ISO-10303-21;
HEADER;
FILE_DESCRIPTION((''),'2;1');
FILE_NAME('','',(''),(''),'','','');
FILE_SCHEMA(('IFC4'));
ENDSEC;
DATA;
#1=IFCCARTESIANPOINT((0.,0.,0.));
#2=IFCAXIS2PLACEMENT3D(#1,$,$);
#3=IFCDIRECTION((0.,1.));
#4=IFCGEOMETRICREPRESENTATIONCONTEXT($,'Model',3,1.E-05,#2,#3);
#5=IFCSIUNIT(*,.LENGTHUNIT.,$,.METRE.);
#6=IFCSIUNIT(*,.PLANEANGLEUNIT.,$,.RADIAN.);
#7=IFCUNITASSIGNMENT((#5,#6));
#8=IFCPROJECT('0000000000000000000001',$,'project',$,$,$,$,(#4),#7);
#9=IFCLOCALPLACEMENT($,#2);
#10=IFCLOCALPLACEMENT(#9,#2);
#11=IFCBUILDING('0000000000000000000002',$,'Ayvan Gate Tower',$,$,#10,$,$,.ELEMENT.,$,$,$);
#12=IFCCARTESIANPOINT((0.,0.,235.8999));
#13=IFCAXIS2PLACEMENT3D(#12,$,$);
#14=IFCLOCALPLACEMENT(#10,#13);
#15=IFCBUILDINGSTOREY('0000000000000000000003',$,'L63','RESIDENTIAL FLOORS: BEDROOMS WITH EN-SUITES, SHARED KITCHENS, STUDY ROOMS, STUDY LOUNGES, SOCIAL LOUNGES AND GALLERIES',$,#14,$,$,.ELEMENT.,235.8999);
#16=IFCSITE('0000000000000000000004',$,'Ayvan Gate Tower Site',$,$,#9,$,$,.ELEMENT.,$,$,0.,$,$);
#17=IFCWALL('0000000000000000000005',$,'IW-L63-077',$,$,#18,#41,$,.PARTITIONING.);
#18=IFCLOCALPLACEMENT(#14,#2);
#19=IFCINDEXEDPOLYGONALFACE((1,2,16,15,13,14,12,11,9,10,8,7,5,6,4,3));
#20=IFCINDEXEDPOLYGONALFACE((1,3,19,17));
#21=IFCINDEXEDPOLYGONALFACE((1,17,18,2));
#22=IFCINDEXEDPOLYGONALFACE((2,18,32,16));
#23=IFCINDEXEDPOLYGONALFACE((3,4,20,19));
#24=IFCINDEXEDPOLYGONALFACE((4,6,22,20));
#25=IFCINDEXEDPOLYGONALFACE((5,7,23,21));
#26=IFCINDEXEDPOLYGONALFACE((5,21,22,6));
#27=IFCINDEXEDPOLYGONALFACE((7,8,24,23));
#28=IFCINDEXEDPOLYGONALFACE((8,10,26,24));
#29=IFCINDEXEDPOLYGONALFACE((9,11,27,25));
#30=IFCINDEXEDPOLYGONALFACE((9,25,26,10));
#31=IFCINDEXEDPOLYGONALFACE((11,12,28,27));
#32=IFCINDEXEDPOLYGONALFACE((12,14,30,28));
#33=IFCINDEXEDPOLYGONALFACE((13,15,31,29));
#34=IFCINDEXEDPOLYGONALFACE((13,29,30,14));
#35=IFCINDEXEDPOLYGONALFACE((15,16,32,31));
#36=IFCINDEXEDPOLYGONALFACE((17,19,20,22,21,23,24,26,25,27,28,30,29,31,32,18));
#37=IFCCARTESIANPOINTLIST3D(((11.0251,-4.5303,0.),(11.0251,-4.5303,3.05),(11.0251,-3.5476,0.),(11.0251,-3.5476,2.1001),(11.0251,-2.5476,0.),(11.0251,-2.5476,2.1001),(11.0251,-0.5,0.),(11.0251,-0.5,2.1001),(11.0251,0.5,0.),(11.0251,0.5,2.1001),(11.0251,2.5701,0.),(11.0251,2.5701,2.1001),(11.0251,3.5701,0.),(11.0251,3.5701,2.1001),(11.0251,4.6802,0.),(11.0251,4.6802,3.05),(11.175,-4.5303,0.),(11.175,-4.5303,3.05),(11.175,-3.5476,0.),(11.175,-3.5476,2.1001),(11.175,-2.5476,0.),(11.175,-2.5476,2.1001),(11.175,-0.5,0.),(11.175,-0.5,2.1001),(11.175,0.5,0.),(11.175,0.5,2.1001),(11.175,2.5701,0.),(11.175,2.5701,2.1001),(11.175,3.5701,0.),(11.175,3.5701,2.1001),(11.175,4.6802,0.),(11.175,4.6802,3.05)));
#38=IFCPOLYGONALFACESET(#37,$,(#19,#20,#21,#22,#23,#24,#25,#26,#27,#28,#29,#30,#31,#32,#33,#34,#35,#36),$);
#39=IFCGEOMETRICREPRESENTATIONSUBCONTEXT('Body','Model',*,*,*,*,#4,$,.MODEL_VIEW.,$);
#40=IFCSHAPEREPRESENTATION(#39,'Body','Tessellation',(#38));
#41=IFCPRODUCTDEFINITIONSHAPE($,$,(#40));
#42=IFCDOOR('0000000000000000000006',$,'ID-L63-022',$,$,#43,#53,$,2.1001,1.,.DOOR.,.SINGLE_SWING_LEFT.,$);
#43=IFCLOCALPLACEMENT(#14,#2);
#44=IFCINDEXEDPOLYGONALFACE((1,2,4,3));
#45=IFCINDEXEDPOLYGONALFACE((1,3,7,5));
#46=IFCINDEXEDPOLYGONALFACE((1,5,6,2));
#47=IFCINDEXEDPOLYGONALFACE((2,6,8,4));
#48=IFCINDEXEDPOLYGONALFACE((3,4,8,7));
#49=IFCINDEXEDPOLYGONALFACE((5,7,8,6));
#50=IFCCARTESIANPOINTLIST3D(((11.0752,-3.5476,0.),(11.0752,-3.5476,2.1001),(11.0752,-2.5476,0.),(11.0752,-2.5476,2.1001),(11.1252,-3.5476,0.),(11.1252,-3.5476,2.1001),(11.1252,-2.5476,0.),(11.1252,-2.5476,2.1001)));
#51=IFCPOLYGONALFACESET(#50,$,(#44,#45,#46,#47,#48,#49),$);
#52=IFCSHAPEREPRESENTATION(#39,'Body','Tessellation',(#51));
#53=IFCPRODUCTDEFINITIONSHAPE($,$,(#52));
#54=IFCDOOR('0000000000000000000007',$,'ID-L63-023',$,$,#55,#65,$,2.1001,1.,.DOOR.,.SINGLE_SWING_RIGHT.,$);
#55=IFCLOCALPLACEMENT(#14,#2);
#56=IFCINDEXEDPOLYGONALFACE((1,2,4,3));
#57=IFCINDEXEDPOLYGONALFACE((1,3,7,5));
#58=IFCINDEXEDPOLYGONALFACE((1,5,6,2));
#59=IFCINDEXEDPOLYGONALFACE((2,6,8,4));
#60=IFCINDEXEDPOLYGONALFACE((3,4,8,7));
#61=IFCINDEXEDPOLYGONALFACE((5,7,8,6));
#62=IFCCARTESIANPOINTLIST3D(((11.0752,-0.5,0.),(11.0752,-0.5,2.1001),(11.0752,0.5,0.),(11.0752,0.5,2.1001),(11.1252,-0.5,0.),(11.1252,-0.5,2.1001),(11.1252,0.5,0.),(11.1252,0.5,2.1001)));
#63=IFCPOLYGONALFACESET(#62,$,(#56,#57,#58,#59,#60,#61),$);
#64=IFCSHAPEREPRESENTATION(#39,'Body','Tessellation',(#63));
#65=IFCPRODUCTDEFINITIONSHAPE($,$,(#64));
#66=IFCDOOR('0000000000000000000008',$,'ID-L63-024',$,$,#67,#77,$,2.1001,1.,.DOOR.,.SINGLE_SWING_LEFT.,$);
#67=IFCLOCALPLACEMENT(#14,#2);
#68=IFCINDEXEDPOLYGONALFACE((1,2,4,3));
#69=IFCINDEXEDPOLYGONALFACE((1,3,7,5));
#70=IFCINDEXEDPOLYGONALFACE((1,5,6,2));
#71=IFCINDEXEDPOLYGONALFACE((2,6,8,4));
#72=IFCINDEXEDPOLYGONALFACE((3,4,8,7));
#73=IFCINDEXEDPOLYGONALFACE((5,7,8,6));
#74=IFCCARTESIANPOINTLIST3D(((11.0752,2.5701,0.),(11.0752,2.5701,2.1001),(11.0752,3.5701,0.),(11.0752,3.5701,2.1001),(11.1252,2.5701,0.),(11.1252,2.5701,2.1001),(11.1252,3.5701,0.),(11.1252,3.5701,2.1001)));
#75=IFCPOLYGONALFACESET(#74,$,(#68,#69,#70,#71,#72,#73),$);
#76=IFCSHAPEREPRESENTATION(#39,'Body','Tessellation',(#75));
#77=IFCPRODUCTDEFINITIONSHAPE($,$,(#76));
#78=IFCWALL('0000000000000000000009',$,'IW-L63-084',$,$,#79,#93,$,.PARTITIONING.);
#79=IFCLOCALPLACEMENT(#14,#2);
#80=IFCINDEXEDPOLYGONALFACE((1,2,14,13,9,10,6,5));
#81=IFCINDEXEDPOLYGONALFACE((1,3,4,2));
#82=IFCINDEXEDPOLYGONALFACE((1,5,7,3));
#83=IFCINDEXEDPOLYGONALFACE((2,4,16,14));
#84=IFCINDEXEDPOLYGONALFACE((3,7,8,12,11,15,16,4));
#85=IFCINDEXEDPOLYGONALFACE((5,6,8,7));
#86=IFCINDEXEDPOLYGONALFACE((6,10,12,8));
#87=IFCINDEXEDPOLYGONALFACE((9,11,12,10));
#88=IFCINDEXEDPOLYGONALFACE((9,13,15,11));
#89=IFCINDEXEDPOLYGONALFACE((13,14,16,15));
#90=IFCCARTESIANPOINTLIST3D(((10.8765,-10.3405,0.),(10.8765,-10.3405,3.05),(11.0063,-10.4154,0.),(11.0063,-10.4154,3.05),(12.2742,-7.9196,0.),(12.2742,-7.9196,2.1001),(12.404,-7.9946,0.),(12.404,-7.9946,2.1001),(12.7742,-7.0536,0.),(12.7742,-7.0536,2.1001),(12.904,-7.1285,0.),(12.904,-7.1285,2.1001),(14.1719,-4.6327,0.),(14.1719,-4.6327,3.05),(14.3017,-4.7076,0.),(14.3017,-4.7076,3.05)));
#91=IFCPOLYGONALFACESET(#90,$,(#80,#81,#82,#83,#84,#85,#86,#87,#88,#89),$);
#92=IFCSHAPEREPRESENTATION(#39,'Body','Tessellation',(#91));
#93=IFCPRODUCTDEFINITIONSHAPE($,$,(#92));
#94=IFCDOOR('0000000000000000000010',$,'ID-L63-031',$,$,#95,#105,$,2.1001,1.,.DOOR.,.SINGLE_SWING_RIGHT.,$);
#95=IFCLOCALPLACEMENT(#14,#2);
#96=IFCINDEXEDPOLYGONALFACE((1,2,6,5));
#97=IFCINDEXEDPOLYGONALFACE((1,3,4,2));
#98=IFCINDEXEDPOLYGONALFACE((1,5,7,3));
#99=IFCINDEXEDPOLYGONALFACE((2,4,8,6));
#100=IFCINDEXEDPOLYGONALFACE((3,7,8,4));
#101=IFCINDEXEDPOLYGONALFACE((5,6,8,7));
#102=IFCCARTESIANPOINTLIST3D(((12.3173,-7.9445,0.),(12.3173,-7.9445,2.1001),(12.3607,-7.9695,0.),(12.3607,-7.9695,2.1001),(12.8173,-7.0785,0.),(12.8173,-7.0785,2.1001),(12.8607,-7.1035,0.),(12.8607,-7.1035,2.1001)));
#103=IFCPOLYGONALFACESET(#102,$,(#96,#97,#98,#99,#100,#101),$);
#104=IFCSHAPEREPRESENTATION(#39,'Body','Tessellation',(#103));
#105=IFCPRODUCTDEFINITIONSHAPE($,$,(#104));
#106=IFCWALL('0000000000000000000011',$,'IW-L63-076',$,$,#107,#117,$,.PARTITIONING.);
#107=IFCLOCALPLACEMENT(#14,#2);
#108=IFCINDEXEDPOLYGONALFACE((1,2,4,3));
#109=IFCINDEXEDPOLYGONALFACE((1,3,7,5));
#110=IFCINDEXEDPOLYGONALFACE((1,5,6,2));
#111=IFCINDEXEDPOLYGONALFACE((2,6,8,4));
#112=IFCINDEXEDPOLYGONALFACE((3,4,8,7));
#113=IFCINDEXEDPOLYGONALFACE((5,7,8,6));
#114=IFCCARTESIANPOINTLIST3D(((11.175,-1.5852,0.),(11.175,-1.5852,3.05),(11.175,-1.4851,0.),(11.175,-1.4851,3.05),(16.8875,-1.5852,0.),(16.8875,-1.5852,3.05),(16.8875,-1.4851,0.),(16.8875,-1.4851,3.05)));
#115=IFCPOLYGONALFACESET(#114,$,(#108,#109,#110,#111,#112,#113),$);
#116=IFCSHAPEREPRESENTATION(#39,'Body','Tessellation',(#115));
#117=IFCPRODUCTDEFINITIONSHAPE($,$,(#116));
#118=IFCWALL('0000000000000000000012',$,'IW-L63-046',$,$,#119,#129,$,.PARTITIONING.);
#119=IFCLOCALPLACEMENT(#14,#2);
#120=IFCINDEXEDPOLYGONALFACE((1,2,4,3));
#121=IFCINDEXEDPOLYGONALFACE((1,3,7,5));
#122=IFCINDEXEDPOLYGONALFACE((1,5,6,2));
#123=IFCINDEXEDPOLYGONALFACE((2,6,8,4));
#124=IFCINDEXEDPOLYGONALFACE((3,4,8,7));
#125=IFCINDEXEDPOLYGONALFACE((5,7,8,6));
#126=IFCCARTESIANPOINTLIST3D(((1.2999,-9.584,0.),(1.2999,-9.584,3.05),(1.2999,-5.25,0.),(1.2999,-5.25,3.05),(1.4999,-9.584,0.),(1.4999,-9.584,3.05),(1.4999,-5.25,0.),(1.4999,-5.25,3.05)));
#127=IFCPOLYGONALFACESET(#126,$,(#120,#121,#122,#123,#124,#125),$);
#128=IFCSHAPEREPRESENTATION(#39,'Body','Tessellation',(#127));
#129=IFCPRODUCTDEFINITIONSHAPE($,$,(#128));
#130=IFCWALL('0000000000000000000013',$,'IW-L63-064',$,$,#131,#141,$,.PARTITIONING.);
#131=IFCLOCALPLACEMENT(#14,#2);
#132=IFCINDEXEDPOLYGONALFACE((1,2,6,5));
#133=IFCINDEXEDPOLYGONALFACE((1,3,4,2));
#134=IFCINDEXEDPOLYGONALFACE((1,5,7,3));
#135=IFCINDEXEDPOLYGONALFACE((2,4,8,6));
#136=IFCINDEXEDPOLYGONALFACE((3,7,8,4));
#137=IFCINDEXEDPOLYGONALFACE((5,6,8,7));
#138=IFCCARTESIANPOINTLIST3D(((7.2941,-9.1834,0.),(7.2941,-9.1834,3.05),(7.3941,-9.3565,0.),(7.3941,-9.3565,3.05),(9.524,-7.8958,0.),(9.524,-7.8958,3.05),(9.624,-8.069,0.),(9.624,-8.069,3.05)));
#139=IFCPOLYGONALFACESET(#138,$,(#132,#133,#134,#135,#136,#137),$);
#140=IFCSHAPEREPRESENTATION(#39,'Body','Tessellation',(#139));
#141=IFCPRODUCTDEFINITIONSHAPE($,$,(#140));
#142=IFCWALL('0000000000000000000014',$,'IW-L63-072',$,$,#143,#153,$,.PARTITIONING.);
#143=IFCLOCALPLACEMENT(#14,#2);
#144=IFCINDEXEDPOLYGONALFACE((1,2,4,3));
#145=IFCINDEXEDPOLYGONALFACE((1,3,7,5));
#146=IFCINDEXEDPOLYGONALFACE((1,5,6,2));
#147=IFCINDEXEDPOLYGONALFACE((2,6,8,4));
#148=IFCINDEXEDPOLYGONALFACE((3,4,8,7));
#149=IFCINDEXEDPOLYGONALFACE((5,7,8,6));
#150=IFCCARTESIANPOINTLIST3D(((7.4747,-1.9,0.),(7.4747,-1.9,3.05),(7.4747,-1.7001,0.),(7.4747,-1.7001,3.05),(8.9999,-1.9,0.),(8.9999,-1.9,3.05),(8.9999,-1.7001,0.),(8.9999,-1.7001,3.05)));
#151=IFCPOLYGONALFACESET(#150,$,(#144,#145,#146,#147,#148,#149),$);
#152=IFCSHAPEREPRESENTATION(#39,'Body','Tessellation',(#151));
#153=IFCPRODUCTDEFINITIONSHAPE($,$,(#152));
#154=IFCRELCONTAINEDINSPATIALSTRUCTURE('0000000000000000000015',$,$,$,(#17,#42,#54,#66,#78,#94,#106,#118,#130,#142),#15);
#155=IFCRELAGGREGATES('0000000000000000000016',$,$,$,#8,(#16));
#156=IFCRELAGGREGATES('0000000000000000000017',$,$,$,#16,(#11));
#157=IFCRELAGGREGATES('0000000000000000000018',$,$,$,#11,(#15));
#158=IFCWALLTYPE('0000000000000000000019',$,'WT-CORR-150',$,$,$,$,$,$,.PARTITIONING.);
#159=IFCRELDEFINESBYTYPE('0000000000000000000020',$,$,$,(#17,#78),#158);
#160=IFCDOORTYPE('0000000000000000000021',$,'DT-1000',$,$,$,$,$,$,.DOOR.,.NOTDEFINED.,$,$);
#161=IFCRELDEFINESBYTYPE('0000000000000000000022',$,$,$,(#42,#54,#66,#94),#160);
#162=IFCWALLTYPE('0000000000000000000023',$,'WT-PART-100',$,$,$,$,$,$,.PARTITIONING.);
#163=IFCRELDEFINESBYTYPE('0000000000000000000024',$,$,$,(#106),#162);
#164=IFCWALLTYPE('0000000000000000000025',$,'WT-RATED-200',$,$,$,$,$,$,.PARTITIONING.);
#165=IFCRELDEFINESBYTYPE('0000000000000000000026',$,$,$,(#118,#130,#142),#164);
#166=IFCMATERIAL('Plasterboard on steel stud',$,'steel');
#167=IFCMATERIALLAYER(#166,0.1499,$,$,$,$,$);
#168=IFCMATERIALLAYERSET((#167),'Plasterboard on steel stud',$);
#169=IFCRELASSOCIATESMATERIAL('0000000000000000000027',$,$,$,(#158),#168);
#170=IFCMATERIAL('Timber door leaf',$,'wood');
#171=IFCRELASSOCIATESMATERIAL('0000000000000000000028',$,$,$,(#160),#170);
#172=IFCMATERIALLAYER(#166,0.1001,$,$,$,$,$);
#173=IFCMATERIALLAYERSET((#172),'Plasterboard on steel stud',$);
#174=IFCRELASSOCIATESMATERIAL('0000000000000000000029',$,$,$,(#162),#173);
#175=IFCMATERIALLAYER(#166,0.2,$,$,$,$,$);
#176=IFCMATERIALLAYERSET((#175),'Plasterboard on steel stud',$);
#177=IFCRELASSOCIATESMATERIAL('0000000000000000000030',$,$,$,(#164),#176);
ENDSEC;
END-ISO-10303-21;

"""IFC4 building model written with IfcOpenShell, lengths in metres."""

from ifc_helpers import new_model, si_unit, direction, frame, frame_2d, origin, place, context, subcontext, project, spatial, rectangle, extrude, material, layer, layer_set, type_object, element, fill, save


model = new_model("IFC4")

# Units and contexts
model_context = context("Model", 3, precision=1e-05, world=origin(), true_north=direction((0.0, 1.0)))
body_context = subcontext(model_context, "Body", "Model", "MODEL_VIEW")
ifc_project = project(units=[si_unit("LENGTHUNIT", "METRE"), si_unit("PLANEANGLEUNIT", "RADIAN")], contexts=[model_context])

# Site, building, storey
site_placement = place(None, origin())
site = spatial("IfcSite", under=ifc_project, at=site_placement, Name="Ayvan Gate Tower Site", CompositionType="ELEMENT", RefElevation=0.0)
building_placement = place(site_placement, origin())
building = spatial("IfcBuilding", under=site, at=building_placement, Name="Ayvan Gate Tower", CompositionType="ELEMENT")
storey_placement = place(building_placement, frame((0.0, 0.0, 235.8999)))
storey = spatial("IfcBuildingStorey", under=building, at=storey_placement, Name="L63", Description="RESIDENTIAL FLOORS: BEDROOMS WITH EN-SUITES, SHARED KITCHENS, STUDY ROOMS, STUDY LOUNGES, SOCIAL LOUNGES AND GALLERIES", CompositionType="ELEMENT", Elevation=235.8999)

# Shared definitions
ifc_material_1 = material(Name="Timber door leaf", Category="wood")

# Shared definitions
ifc_material_2 = material(Name="Plasterboard on steel stud", Category="steel")
ifc_layer_1 = layer(ifc_material_2, 0.1499)
ifc_layer_set_1 = layer_set([ifc_layer_1], Name="Plasterboard on steel stud")
wall_type_1 = type_object("IfcWallType", Name="WT-CORR-150", PredefinedType="PARTITIONING", material=ifc_layer_set_1)

# Wall, openings, doors
wall_1_placement = place(storey_placement, frame((11.1001, -4.5303, 0.0), z_axis=(0.0, 0.0, 1.0), x_axis=(0.0, 1.0, 0.0)))
wall_1 = element("IfcWall", 1, at=wall_1_placement, inside=storey, type_object=wall_type_1, Name="IW-L63-077", PredefinedType="PARTITIONING", context=body_context, shape_type="SweptSolid", body=[
    extrude(rectangle(XDim=9.2104, YDim=0.1499, at=frame_2d((4.6052, 0.0))), origin(), (0.0, 0.0, 1.0), 3.05),
])
opening_1_placement = place(wall_1_placement, frame((0.9827, 0.0, 0.0)))
opening_1 = element("IfcOpeningElement", 2, at=opening_1_placement, cuts=wall_1, PredefinedType="OPENING", context=body_context, shape_type="SweptSolid", body=[
    extrude(rectangle(XDim=1.0, YDim=2.1001, at=frame_2d((0.5, 1.05))), frame((0.0, 0.085, 0.0), z_axis=(0.0, -1.0, 0.0), x_axis=(1.0, 0.0, 0.0)), (0.0, 0.0, 1.0), 0.1699),
])
opening_2_placement = place(wall_1_placement, frame((4.0303, 0.0, 0.0)))
opening_2 = element("IfcOpeningElement", 3, at=opening_2_placement, cuts=wall_1, PredefinedType="OPENING", context=body_context, shape_type="SweptSolid", body=[
    extrude(rectangle(XDim=1.0, YDim=2.1001, at=frame_2d((0.5, 1.05))), frame((0.0, 0.085, 0.0), z_axis=(0.0, -1.0, 0.0), x_axis=(1.0, 0.0, 0.0)), (0.0, 0.0, 1.0), 0.1699),
])
opening_3_placement = place(wall_1_placement, frame((7.1003, 0.0, 0.0)))
opening_3 = element("IfcOpeningElement", 4, at=opening_3_placement, cuts=wall_1, PredefinedType="OPENING", context=body_context, shape_type="SweptSolid", body=[
    extrude(rectangle(XDim=1.0, YDim=2.1001, at=frame_2d((0.5, 1.05))), frame((0.0, 0.085, 0.0), z_axis=(0.0, -1.0, 0.0), x_axis=(1.0, 0.0, 0.0)), (0.0, 0.0, 1.0), 0.1699),
])
door_type_1 = type_object("IfcDoorType", Name="DT-1000", OperationType="NOTDEFINED", PredefinedType="DOOR", material=ifc_material_1)
door_1_placement = place(opening_1_placement, origin())
door_1 = element("IfcDoor", 5, at=door_1_placement, inside=storey, type_object=door_type_1, Name="ID-L63-022", OperationType="SINGLE_SWING_LEFT", OverallHeight=2.1001, OverallWidth=1.0, PredefinedType="DOOR", context=body_context, shape_type="SweptSolid", body=[
    extrude(rectangle(XDim=1.0, YDim=2.1001, at=frame_2d((0.5, 1.05))), frame((0.0, 0.0249, 0.0), z_axis=(0.0, -1.0, 0.0), x_axis=(1.0, 0.0, 0.0)), (0.0, 0.0, 1.0), 0.05),
])
fill(opening_1, door_1)
door_2_placement = place(opening_2_placement, origin())
door_2 = element("IfcDoor", 6, at=door_2_placement, inside=storey, type_object=door_type_1, Name="ID-L63-023", OperationType="SINGLE_SWING_RIGHT", OverallHeight=2.1001, OverallWidth=1.0, PredefinedType="DOOR", context=body_context, shape_type="SweptSolid", body=[
    extrude(rectangle(XDim=1.0, YDim=2.1001, at=frame_2d((0.5, 1.05))), frame((0.0, 0.0249, 0.0), z_axis=(0.0, -1.0, 0.0), x_axis=(1.0, 0.0, 0.0)), (0.0, 0.0, 1.0), 0.05),
])
fill(opening_2, door_2)
door_3_placement = place(opening_3_placement, origin())
door_3 = element("IfcDoor", 7, at=door_3_placement, inside=storey, type_object=door_type_1, Name="ID-L63-024", OperationType="SINGLE_SWING_LEFT", OverallHeight=2.1001, OverallWidth=1.0, PredefinedType="DOOR", context=body_context, shape_type="SweptSolid", body=[
    extrude(rectangle(XDim=1.0, YDim=2.1001, at=frame_2d((0.5, 1.05))), frame((0.0, 0.0249, 0.0), z_axis=(0.0, -1.0, 0.0), x_axis=(1.0, 0.0, 0.0)), (0.0, 0.0, 1.0), 0.05),
])
fill(opening_3, door_3)

# Wall, opening, door
wall_2_placement = place(storey_placement, frame((14.2368, -4.6702, 0.0), z_axis=(0.0, 0.0, 1.0), x_axis=(-0.500004, -0.866023, 0.0)))
wall_2 = element("IfcWall", 8, at=wall_2_placement, inside=storey, type_object=wall_type_1, Name="IW-L63-084", PredefinedType="PARTITIONING", context=body_context, shape_type="SweptSolid", body=[
    extrude(rectangle(XDim=6.5908, YDim=0.1499, at=frame_2d((3.2954, 0.0))), origin(), (0.0, 0.0, 1.0), 3.05),
])
opening_4_placement = place(wall_2_placement, frame((2.7954, 0.0, 0.0)))
opening_4 = element("IfcOpeningElement", 9, at=opening_4_placement, cuts=wall_2, PredefinedType="OPENING", context=body_context, shape_type="SweptSolid", body=[
    extrude(rectangle(XDim=1.0, YDim=2.1001, at=frame_2d((0.5, 1.05))), frame((0.0, 0.085, 0.0), z_axis=(0.0, -1.0, 0.0), x_axis=(1.0, 0.0, 0.0)), (0.0, 0.0, 1.0), 0.1699),
])
door_4_placement = place(opening_4_placement, origin())
door_4 = element("IfcDoor", 10, at=door_4_placement, inside=storey, type_object=door_type_1, Name="ID-L63-031", OperationType="SINGLE_SWING_RIGHT", OverallHeight=2.1001, OverallWidth=1.0, PredefinedType="DOOR", context=body_context, shape_type="SweptSolid", body=[
    extrude(rectangle(XDim=1.0, YDim=2.1001, at=frame_2d((0.5, 1.05))), frame((0.0, 0.0249, 0.0), z_axis=(0.0, -1.0, 0.0), x_axis=(1.0, 0.0, 0.0)), (0.0, 0.0, 1.0), 0.05),
])
fill(opening_4, door_4)

# Walls
ifc_layer_2 = layer(ifc_material_2, 0.1001)
ifc_layer_set_2 = layer_set([ifc_layer_2], Name="Plasterboard on steel stud")
wall_type_2 = type_object("IfcWallType", Name="WT-PART-100", PredefinedType="PARTITIONING", material=ifc_layer_set_2)
wall_3_placement = place(storey_placement, frame((11.175, -1.5352, 0.0), z_axis=(0.0, 0.0, 1.0), x_axis=(1.0, 0.0, 0.0)))
element("IfcWall", 11, at=wall_3_placement, inside=storey, type_object=wall_type_2, Name="IW-L63-076", PredefinedType="PARTITIONING", context=body_context, shape_type="SweptSolid", body=[
    extrude(rectangle(XDim=5.7124, YDim=0.1001, at=frame_2d((2.8562, 0.0))), origin(), (0.0, 0.0, 1.0), 3.05),
])
ifc_layer_3 = layer(ifc_material_2, 0.2)
ifc_layer_set_3 = layer_set([ifc_layer_3], Name="Plasterboard on steel stud")
wall_type_3 = type_object("IfcWallType", Name="WT-RATED-200", PredefinedType="PARTITIONING", material=ifc_layer_set_3)
wall_4_placement = place(storey_placement, frame((1.3999, -5.25, 0.0), z_axis=(0.0, 0.0, 1.0), x_axis=(0.0, -1.0, 0.0)))
element("IfcWall", 12, at=wall_4_placement, inside=storey, type_object=wall_type_3, Name="IW-L63-046", PredefinedType="PARTITIONING", context=body_context, shape_type="SweptSolid", body=[
    extrude(rectangle(XDim=4.334, YDim=0.2, at=frame_2d((2.167, 0.0))), origin(), (0.0, 0.0, 1.0), 3.05),
])
wall_5_placement = place(storey_placement, frame((7.344, -9.27, 0.0), z_axis=(0.0, 0.0, 1.0), x_axis=(0.866006, 0.500034, 0.0)))
element("IfcWall", 13, at=wall_5_placement, inside=storey, type_object=wall_type_3, Name="IW-L63-064", PredefinedType="PARTITIONING", context=body_context, shape_type="SweptSolid", body=[
    extrude(rectangle(XDim=2.575, YDim=0.2, at=frame_2d((1.2876, 0.0))), origin(), (0.0, 0.0, 1.0), 3.05),
])
wall_6_placement = place(storey_placement, frame((9.0, -1.8, 0.0), z_axis=(0.0, 0.0, 1.0), x_axis=(-1.0, 0.0, 0.0)))
element("IfcWall", 14, at=wall_6_placement, inside=storey, type_object=wall_type_3, Name="IW-L63-072", PredefinedType="PARTITIONING", context=body_context, shape_type="SweptSolid", body=[
    extrude(rectangle(XDim=1.5251, YDim=0.2, at=frame_2d((0.7627, 0.0))), origin(), (0.0, 0.0, 1.0), 3.05),
])

save(model, "model.ifc")
